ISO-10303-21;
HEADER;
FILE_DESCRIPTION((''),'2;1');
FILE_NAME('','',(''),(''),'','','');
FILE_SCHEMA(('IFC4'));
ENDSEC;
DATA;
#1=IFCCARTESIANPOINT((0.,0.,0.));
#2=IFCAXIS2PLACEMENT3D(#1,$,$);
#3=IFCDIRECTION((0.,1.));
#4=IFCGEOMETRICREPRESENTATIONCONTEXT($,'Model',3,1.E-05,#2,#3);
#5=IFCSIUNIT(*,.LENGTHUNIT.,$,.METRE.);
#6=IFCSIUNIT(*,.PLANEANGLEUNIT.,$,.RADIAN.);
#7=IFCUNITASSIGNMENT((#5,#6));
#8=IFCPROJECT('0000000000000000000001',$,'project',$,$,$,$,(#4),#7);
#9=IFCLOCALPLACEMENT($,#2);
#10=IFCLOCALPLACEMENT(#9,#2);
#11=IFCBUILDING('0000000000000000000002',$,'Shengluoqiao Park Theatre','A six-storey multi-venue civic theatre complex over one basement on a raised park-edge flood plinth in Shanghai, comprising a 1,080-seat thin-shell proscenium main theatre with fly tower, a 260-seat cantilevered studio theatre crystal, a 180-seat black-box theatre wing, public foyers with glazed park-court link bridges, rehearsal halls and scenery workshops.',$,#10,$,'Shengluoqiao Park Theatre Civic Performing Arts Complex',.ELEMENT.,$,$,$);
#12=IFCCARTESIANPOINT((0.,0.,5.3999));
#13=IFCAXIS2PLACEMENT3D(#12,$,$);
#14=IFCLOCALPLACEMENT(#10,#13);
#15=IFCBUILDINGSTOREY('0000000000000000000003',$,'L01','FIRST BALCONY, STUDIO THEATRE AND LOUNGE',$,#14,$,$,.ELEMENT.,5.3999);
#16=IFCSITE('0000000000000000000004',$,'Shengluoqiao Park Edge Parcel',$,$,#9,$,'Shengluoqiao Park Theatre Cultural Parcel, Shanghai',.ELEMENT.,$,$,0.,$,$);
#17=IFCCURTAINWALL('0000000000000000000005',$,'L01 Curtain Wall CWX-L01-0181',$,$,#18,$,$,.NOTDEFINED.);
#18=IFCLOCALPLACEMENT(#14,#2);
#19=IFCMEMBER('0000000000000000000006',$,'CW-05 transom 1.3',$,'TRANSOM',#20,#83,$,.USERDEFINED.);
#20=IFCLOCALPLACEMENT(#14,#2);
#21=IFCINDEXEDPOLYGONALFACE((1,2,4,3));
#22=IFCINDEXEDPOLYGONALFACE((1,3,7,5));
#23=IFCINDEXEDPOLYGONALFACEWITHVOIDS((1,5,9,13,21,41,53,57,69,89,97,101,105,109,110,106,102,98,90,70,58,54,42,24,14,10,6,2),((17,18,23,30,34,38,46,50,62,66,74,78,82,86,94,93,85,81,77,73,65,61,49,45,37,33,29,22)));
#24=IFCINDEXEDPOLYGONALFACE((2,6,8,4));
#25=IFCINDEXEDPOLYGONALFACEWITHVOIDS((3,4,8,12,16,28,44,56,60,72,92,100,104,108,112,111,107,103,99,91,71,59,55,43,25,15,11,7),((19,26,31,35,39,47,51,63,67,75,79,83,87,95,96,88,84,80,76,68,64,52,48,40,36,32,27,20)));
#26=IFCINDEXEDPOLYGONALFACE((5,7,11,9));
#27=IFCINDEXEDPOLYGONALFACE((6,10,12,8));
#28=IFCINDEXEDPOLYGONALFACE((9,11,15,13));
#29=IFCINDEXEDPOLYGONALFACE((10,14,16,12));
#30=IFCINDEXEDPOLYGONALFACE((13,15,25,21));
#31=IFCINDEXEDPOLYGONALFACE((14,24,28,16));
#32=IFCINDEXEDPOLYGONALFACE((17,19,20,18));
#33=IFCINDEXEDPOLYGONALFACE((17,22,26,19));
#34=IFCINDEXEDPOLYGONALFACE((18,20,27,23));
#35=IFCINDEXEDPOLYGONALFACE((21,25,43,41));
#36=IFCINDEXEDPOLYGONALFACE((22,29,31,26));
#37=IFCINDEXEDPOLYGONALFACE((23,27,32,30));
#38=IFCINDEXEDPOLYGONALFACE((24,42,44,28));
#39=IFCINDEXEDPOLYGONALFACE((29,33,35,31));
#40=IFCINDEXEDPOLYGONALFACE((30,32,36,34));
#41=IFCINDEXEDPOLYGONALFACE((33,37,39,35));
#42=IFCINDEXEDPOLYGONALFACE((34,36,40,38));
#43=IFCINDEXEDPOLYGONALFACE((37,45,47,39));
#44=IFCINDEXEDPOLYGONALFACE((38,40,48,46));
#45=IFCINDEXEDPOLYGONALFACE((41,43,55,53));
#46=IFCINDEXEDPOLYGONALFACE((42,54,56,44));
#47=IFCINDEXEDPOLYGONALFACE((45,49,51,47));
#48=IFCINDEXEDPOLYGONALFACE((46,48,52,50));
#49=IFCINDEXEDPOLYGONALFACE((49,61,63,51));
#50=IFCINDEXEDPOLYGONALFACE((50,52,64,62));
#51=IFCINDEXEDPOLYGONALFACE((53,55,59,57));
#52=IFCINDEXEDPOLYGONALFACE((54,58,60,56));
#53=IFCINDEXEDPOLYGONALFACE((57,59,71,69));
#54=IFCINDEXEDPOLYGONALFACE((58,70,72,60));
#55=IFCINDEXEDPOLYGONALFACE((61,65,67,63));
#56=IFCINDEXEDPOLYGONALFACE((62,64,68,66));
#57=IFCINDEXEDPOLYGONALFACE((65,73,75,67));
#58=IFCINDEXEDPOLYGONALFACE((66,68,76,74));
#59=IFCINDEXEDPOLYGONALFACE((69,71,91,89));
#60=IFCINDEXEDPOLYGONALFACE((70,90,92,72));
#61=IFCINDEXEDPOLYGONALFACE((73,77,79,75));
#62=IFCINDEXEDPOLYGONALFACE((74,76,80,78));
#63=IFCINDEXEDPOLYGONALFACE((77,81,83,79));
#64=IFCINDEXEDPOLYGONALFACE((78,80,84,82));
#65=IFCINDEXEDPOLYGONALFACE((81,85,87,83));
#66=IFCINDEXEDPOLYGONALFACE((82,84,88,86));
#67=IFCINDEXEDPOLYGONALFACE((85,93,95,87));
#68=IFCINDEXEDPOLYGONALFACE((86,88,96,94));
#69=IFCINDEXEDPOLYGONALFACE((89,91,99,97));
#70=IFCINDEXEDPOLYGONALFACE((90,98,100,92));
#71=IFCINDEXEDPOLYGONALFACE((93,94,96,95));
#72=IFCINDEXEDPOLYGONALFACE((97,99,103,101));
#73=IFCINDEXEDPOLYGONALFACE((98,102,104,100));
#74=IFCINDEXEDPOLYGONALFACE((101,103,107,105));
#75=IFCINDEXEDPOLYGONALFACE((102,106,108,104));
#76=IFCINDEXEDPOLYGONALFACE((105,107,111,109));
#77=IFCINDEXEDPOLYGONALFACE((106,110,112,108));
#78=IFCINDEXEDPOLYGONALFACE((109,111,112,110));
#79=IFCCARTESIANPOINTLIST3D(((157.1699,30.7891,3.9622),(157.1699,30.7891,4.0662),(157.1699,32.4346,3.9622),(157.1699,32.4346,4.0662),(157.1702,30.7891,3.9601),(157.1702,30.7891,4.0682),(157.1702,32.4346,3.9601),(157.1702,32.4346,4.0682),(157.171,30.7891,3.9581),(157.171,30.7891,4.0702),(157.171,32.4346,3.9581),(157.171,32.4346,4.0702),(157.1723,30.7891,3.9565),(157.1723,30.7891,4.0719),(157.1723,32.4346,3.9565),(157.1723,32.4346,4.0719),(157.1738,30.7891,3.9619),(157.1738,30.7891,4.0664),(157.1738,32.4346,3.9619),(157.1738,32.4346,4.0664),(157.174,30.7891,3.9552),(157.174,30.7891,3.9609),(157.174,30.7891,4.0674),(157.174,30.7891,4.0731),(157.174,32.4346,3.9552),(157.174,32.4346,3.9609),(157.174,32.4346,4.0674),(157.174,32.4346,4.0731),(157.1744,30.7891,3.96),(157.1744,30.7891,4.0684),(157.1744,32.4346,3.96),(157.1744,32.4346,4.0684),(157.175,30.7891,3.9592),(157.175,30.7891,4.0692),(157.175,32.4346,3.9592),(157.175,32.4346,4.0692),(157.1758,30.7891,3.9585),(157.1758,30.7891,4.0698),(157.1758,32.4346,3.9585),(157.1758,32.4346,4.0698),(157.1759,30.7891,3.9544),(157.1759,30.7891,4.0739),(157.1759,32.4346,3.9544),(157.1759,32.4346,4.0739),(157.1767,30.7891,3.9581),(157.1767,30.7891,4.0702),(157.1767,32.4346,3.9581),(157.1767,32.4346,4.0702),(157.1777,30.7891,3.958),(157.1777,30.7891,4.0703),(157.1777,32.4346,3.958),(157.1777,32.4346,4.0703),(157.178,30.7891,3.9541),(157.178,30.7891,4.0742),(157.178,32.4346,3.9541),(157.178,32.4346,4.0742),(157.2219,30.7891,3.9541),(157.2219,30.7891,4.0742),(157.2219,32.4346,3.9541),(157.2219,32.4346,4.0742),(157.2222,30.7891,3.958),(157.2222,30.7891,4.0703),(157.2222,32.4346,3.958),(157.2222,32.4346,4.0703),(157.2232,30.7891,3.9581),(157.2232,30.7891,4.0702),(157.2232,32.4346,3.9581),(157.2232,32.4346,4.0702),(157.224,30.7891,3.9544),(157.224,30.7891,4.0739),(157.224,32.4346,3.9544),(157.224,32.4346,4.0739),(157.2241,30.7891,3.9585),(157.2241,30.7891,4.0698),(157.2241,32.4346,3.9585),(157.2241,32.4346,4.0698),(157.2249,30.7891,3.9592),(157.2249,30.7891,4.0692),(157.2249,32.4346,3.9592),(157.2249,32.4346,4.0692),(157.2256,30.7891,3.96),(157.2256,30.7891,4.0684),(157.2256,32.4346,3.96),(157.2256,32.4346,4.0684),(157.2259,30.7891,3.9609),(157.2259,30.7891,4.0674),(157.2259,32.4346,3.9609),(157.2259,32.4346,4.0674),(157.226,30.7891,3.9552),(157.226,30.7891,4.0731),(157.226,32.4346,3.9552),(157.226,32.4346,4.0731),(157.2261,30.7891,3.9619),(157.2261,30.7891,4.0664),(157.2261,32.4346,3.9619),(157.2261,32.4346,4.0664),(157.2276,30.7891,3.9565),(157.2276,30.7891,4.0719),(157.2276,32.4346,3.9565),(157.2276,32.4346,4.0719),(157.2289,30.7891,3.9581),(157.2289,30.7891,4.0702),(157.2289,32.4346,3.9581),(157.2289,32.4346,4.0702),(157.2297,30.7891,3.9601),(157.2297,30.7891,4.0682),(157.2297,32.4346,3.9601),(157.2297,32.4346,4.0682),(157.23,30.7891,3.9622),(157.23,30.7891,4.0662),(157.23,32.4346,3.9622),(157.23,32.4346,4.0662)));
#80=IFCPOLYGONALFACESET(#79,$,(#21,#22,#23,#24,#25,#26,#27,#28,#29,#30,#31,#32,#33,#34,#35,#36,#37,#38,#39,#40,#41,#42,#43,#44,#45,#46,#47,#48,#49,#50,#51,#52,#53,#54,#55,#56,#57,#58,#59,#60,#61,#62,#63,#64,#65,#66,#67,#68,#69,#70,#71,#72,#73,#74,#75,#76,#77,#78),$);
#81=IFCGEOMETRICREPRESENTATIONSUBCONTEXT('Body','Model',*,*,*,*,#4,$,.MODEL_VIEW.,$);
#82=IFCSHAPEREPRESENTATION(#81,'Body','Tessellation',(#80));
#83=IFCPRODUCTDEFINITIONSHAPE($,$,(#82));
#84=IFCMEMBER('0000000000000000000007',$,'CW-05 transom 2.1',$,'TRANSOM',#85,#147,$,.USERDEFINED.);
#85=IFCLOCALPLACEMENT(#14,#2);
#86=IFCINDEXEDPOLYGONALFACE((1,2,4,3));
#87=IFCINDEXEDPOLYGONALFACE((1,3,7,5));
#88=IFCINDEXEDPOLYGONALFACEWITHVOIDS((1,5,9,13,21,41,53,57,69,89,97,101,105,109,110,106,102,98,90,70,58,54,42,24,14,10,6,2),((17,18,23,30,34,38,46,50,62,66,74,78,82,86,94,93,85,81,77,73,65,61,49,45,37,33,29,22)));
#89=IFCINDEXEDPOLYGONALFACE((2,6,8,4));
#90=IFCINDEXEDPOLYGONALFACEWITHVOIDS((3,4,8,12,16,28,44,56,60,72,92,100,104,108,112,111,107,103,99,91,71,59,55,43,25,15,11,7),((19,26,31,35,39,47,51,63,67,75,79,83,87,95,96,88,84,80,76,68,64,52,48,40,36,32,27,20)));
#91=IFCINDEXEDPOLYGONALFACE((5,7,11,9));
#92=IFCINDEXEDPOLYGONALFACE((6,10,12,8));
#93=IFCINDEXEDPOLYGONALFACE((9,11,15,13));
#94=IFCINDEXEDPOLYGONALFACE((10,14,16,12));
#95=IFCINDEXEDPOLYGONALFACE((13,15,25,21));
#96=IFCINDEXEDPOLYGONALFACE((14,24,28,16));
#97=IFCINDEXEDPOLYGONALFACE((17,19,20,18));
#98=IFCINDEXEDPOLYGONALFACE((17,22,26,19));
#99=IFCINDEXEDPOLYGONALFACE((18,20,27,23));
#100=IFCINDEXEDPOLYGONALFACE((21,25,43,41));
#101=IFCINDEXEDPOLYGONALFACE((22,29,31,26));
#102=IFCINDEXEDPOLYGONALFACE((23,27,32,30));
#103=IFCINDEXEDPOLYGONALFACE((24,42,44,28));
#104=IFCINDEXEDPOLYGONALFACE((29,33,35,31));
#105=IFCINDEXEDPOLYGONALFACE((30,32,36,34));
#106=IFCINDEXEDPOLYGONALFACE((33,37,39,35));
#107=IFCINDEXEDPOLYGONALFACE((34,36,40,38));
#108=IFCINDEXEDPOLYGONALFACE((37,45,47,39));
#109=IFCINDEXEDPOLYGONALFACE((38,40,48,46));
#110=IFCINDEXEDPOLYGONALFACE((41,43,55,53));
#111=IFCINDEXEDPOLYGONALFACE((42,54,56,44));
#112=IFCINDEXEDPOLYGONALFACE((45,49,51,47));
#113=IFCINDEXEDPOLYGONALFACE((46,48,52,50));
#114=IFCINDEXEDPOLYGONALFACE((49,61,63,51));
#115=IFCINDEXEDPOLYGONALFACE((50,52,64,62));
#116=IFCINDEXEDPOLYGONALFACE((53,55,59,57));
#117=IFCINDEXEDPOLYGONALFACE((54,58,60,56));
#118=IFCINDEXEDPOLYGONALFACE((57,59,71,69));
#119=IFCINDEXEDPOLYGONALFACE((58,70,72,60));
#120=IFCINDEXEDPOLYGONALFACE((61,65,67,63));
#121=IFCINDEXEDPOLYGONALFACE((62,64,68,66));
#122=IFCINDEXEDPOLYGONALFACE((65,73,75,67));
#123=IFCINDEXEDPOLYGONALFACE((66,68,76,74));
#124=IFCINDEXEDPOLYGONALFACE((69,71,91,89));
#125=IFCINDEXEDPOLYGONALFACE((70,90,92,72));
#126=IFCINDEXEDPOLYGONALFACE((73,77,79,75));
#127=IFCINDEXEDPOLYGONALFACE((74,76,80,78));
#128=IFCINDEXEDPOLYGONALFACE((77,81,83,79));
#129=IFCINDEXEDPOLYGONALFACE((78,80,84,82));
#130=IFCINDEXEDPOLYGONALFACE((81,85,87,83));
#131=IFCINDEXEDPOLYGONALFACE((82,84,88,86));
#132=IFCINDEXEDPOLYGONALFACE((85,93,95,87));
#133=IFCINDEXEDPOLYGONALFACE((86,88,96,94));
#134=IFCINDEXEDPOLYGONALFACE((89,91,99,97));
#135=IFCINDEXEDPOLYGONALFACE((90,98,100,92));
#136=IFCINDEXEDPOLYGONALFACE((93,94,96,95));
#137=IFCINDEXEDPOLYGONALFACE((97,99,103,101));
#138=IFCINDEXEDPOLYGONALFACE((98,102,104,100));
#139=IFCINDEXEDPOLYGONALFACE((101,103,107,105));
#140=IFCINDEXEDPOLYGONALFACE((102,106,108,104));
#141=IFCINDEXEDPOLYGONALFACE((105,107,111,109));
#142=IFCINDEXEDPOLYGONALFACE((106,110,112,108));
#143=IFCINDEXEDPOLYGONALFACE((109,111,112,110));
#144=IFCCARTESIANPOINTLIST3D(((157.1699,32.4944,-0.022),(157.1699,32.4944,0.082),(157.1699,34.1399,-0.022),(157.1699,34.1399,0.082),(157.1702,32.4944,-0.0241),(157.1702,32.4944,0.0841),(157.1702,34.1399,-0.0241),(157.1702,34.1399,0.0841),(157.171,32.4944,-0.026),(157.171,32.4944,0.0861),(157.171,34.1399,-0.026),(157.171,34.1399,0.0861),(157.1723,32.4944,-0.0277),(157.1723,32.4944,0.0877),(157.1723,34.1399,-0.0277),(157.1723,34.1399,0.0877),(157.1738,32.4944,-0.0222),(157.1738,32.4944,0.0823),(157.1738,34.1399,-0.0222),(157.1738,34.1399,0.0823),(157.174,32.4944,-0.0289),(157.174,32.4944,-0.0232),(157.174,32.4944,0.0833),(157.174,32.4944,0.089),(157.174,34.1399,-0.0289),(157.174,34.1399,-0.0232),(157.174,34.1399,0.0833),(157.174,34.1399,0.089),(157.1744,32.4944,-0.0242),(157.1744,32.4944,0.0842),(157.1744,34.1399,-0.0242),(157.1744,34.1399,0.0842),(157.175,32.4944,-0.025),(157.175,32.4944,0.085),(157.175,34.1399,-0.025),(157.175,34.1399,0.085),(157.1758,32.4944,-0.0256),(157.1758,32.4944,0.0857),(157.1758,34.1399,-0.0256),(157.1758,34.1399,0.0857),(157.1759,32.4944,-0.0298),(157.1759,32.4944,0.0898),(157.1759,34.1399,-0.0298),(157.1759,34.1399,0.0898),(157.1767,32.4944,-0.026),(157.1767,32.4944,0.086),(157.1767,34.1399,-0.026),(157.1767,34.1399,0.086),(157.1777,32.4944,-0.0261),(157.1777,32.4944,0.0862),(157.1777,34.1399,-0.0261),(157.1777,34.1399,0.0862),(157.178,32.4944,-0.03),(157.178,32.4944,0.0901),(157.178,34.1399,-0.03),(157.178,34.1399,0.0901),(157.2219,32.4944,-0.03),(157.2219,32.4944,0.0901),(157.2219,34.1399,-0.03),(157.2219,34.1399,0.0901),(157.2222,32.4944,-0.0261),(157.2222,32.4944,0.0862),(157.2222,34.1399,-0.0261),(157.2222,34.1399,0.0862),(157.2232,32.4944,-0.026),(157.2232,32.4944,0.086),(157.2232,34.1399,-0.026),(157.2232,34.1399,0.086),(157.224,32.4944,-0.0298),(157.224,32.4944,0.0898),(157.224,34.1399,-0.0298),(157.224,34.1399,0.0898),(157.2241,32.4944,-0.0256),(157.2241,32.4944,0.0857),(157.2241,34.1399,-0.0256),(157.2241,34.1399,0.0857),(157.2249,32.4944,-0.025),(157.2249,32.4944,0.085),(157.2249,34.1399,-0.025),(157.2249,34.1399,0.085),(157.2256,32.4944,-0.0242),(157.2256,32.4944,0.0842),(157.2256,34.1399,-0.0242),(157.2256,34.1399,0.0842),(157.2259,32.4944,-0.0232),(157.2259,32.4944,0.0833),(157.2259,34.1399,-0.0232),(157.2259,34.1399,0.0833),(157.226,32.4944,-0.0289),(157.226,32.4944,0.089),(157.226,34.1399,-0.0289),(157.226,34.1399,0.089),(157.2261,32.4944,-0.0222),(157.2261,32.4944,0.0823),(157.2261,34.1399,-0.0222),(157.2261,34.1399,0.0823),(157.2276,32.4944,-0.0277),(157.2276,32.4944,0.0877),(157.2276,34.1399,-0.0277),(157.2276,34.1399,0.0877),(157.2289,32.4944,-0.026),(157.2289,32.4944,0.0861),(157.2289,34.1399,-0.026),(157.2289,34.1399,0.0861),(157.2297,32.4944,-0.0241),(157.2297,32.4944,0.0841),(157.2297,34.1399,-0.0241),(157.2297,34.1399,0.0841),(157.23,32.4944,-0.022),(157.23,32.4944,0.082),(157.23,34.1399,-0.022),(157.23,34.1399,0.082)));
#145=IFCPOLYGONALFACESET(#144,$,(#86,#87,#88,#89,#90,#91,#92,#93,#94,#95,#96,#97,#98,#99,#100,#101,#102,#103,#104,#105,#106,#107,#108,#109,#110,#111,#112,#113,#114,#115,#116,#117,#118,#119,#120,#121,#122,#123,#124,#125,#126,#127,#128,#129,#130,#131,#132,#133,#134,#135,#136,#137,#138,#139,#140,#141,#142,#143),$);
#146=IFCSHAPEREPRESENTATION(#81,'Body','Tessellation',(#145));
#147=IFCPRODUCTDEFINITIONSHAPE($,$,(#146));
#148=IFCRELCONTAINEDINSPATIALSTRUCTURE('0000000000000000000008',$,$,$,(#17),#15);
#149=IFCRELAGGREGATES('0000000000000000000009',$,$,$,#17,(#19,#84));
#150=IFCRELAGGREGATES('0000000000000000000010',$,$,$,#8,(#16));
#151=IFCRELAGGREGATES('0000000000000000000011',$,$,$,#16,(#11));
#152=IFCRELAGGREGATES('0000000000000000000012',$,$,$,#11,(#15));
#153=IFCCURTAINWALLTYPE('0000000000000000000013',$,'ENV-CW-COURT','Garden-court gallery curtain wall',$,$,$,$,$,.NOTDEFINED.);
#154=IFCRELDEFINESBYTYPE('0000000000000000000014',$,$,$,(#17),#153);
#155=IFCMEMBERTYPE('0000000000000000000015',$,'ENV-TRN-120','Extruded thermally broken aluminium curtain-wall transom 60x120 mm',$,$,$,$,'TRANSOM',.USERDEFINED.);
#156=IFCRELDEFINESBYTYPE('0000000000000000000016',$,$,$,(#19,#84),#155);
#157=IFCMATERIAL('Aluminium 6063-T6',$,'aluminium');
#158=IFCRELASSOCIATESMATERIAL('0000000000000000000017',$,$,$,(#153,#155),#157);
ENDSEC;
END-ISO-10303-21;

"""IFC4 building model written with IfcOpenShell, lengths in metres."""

from ifc_helpers import new_model, si_unit, direction, frame, origin, origin_2d, place, context, subcontext, project, spatial, hollow_rectangle, extrude, material, material_profile, profile_set, type_object, element, aggregate, save


model = new_model("IFC4")

# Units and contexts
model_context = context("Model", 3, precision=1e-05, world=origin(), true_north=direction((0.0, 1.0)))
body_context = subcontext(model_context, "Body", "Model", "MODEL_VIEW")
ifc_project = project(units=[si_unit("LENGTHUNIT", "METRE"), si_unit("PLANEANGLEUNIT", "RADIAN")], contexts=[model_context])

# Site, building, storey
site_placement = place(None, origin())
site = spatial("IfcSite", under=ifc_project, at=site_placement, Name="Shengluoqiao Park Edge Parcel", LongName="Shengluoqiao Park Theatre Cultural Parcel, Shanghai", CompositionType="ELEMENT", RefElevation=0.0)
building_placement = place(site_placement, origin())
building = spatial("IfcBuilding", under=site, at=building_placement, Name="Shengluoqiao Park Theatre", Description="A six-storey multi-venue civic theatre complex over one basement on a raised park-edge flood plinth in Shanghai, comprising a 1,080-seat thin-shell proscenium main theatre with fly tower, a 260-seat cantilevered studio theatre crystal, a 180-seat black-box theatre wing, public foyers with glazed park-court link bridges, rehearsal halls and scenery workshops.", LongName="Shengluoqiao Park Theatre Civic Performing Arts Complex", CompositionType="ELEMENT")
storey_placement = place(building_placement, frame((0.0, 0.0, 5.3999)))
storey = spatial("IfcBuildingStorey", under=building, at=storey_placement, Name="L01", Description="FIRST BALCONY, STUDIO THEATRE AND LOUNGE", CompositionType="ELEMENT", Elevation=5.3999)

# Shared definitions
ifc_material_1 = material(Name="Aluminium 6063-T6", Category="aluminium")
curtain_wall_type = type_object("IfcCurtainWallType", Name="ENV-CW-COURT", Description="Garden-court gallery curtain wall", PredefinedType="NOTDEFINED", material=ifc_material_1)

# Curtain wall
curtain_wall_1_placement = place(storey_placement, origin())
curtain_wall_1 = element("IfcCurtainWall", 1, at=curtain_wall_1_placement, inside=storey, type_object=curtain_wall_type, Name="L01 Curtain Wall CWX-L01-0181", PredefinedType="NOTDEFINED")

# Members
ifc_material_profile_1 = material_profile(ifc_material_1, hollow_rectangle(XDim=0.0601, YDim=0.1201, WallThickness=0.0039, InnerFilletRadius=0.0039, OuterFilletRadius=0.0081, at=origin_2d()), Name="ALU TRANSOM 120x60x4")
ifc_profile_set_1 = profile_set([ifc_material_profile_1], Name="Aluminium 6063-T6")
member_type_1 = type_object("IfcMemberType", Name="ENV-TRN-120", Description="Extruded thermally broken aluminium curtain-wall transom 60x120 mm", ElementType="TRANSOM", PredefinedType="USERDEFINED", material=ifc_profile_set_1)
member_1_placement = place(storey_placement, frame((157.2, 30.7891, 4.0142), z_axis=(0.0, 1.0, 0.0), x_axis=(-1.0, 0.0, 0.0)))
member_1 = element("IfcMember", 2, at=member_1_placement, type_object=member_type_1, Name="CW-05 transom 1.3", ObjectType="TRANSOM", PredefinedType="USERDEFINED", context=body_context, shape_type="SweptSolid", body=[
    extrude(hollow_rectangle(XDim=0.0601, YDim=0.1201, WallThickness=0.0039, InnerFilletRadius=0.0039, OuterFilletRadius=0.0081, at=origin_2d()), origin(), (0.0, 0.0, 1.0), 1.6455),
])
member_2_placement = place(storey_placement, frame((157.2, 32.4944, 0.03), z_axis=(0.0, 1.0, 0.0), x_axis=(-1.0, 0.0, 0.0)))
member_2 = element("IfcMember", 3, at=member_2_placement, type_object=member_type_1, Name="CW-05 transom 2.1", ObjectType="TRANSOM", PredefinedType="USERDEFINED", context=body_context, shape_type="SweptSolid", body=[
    extrude(hollow_rectangle(XDim=0.0601, YDim=0.1201, WallThickness=0.0039, InnerFilletRadius=0.0039, OuterFilletRadius=0.0081, at=origin_2d()), origin(), (0.0, 0.0, 1.0), 1.6455),
])

aggregate(curtain_wall_1, [member_1, member_2])

save(model, "model.ifc")
